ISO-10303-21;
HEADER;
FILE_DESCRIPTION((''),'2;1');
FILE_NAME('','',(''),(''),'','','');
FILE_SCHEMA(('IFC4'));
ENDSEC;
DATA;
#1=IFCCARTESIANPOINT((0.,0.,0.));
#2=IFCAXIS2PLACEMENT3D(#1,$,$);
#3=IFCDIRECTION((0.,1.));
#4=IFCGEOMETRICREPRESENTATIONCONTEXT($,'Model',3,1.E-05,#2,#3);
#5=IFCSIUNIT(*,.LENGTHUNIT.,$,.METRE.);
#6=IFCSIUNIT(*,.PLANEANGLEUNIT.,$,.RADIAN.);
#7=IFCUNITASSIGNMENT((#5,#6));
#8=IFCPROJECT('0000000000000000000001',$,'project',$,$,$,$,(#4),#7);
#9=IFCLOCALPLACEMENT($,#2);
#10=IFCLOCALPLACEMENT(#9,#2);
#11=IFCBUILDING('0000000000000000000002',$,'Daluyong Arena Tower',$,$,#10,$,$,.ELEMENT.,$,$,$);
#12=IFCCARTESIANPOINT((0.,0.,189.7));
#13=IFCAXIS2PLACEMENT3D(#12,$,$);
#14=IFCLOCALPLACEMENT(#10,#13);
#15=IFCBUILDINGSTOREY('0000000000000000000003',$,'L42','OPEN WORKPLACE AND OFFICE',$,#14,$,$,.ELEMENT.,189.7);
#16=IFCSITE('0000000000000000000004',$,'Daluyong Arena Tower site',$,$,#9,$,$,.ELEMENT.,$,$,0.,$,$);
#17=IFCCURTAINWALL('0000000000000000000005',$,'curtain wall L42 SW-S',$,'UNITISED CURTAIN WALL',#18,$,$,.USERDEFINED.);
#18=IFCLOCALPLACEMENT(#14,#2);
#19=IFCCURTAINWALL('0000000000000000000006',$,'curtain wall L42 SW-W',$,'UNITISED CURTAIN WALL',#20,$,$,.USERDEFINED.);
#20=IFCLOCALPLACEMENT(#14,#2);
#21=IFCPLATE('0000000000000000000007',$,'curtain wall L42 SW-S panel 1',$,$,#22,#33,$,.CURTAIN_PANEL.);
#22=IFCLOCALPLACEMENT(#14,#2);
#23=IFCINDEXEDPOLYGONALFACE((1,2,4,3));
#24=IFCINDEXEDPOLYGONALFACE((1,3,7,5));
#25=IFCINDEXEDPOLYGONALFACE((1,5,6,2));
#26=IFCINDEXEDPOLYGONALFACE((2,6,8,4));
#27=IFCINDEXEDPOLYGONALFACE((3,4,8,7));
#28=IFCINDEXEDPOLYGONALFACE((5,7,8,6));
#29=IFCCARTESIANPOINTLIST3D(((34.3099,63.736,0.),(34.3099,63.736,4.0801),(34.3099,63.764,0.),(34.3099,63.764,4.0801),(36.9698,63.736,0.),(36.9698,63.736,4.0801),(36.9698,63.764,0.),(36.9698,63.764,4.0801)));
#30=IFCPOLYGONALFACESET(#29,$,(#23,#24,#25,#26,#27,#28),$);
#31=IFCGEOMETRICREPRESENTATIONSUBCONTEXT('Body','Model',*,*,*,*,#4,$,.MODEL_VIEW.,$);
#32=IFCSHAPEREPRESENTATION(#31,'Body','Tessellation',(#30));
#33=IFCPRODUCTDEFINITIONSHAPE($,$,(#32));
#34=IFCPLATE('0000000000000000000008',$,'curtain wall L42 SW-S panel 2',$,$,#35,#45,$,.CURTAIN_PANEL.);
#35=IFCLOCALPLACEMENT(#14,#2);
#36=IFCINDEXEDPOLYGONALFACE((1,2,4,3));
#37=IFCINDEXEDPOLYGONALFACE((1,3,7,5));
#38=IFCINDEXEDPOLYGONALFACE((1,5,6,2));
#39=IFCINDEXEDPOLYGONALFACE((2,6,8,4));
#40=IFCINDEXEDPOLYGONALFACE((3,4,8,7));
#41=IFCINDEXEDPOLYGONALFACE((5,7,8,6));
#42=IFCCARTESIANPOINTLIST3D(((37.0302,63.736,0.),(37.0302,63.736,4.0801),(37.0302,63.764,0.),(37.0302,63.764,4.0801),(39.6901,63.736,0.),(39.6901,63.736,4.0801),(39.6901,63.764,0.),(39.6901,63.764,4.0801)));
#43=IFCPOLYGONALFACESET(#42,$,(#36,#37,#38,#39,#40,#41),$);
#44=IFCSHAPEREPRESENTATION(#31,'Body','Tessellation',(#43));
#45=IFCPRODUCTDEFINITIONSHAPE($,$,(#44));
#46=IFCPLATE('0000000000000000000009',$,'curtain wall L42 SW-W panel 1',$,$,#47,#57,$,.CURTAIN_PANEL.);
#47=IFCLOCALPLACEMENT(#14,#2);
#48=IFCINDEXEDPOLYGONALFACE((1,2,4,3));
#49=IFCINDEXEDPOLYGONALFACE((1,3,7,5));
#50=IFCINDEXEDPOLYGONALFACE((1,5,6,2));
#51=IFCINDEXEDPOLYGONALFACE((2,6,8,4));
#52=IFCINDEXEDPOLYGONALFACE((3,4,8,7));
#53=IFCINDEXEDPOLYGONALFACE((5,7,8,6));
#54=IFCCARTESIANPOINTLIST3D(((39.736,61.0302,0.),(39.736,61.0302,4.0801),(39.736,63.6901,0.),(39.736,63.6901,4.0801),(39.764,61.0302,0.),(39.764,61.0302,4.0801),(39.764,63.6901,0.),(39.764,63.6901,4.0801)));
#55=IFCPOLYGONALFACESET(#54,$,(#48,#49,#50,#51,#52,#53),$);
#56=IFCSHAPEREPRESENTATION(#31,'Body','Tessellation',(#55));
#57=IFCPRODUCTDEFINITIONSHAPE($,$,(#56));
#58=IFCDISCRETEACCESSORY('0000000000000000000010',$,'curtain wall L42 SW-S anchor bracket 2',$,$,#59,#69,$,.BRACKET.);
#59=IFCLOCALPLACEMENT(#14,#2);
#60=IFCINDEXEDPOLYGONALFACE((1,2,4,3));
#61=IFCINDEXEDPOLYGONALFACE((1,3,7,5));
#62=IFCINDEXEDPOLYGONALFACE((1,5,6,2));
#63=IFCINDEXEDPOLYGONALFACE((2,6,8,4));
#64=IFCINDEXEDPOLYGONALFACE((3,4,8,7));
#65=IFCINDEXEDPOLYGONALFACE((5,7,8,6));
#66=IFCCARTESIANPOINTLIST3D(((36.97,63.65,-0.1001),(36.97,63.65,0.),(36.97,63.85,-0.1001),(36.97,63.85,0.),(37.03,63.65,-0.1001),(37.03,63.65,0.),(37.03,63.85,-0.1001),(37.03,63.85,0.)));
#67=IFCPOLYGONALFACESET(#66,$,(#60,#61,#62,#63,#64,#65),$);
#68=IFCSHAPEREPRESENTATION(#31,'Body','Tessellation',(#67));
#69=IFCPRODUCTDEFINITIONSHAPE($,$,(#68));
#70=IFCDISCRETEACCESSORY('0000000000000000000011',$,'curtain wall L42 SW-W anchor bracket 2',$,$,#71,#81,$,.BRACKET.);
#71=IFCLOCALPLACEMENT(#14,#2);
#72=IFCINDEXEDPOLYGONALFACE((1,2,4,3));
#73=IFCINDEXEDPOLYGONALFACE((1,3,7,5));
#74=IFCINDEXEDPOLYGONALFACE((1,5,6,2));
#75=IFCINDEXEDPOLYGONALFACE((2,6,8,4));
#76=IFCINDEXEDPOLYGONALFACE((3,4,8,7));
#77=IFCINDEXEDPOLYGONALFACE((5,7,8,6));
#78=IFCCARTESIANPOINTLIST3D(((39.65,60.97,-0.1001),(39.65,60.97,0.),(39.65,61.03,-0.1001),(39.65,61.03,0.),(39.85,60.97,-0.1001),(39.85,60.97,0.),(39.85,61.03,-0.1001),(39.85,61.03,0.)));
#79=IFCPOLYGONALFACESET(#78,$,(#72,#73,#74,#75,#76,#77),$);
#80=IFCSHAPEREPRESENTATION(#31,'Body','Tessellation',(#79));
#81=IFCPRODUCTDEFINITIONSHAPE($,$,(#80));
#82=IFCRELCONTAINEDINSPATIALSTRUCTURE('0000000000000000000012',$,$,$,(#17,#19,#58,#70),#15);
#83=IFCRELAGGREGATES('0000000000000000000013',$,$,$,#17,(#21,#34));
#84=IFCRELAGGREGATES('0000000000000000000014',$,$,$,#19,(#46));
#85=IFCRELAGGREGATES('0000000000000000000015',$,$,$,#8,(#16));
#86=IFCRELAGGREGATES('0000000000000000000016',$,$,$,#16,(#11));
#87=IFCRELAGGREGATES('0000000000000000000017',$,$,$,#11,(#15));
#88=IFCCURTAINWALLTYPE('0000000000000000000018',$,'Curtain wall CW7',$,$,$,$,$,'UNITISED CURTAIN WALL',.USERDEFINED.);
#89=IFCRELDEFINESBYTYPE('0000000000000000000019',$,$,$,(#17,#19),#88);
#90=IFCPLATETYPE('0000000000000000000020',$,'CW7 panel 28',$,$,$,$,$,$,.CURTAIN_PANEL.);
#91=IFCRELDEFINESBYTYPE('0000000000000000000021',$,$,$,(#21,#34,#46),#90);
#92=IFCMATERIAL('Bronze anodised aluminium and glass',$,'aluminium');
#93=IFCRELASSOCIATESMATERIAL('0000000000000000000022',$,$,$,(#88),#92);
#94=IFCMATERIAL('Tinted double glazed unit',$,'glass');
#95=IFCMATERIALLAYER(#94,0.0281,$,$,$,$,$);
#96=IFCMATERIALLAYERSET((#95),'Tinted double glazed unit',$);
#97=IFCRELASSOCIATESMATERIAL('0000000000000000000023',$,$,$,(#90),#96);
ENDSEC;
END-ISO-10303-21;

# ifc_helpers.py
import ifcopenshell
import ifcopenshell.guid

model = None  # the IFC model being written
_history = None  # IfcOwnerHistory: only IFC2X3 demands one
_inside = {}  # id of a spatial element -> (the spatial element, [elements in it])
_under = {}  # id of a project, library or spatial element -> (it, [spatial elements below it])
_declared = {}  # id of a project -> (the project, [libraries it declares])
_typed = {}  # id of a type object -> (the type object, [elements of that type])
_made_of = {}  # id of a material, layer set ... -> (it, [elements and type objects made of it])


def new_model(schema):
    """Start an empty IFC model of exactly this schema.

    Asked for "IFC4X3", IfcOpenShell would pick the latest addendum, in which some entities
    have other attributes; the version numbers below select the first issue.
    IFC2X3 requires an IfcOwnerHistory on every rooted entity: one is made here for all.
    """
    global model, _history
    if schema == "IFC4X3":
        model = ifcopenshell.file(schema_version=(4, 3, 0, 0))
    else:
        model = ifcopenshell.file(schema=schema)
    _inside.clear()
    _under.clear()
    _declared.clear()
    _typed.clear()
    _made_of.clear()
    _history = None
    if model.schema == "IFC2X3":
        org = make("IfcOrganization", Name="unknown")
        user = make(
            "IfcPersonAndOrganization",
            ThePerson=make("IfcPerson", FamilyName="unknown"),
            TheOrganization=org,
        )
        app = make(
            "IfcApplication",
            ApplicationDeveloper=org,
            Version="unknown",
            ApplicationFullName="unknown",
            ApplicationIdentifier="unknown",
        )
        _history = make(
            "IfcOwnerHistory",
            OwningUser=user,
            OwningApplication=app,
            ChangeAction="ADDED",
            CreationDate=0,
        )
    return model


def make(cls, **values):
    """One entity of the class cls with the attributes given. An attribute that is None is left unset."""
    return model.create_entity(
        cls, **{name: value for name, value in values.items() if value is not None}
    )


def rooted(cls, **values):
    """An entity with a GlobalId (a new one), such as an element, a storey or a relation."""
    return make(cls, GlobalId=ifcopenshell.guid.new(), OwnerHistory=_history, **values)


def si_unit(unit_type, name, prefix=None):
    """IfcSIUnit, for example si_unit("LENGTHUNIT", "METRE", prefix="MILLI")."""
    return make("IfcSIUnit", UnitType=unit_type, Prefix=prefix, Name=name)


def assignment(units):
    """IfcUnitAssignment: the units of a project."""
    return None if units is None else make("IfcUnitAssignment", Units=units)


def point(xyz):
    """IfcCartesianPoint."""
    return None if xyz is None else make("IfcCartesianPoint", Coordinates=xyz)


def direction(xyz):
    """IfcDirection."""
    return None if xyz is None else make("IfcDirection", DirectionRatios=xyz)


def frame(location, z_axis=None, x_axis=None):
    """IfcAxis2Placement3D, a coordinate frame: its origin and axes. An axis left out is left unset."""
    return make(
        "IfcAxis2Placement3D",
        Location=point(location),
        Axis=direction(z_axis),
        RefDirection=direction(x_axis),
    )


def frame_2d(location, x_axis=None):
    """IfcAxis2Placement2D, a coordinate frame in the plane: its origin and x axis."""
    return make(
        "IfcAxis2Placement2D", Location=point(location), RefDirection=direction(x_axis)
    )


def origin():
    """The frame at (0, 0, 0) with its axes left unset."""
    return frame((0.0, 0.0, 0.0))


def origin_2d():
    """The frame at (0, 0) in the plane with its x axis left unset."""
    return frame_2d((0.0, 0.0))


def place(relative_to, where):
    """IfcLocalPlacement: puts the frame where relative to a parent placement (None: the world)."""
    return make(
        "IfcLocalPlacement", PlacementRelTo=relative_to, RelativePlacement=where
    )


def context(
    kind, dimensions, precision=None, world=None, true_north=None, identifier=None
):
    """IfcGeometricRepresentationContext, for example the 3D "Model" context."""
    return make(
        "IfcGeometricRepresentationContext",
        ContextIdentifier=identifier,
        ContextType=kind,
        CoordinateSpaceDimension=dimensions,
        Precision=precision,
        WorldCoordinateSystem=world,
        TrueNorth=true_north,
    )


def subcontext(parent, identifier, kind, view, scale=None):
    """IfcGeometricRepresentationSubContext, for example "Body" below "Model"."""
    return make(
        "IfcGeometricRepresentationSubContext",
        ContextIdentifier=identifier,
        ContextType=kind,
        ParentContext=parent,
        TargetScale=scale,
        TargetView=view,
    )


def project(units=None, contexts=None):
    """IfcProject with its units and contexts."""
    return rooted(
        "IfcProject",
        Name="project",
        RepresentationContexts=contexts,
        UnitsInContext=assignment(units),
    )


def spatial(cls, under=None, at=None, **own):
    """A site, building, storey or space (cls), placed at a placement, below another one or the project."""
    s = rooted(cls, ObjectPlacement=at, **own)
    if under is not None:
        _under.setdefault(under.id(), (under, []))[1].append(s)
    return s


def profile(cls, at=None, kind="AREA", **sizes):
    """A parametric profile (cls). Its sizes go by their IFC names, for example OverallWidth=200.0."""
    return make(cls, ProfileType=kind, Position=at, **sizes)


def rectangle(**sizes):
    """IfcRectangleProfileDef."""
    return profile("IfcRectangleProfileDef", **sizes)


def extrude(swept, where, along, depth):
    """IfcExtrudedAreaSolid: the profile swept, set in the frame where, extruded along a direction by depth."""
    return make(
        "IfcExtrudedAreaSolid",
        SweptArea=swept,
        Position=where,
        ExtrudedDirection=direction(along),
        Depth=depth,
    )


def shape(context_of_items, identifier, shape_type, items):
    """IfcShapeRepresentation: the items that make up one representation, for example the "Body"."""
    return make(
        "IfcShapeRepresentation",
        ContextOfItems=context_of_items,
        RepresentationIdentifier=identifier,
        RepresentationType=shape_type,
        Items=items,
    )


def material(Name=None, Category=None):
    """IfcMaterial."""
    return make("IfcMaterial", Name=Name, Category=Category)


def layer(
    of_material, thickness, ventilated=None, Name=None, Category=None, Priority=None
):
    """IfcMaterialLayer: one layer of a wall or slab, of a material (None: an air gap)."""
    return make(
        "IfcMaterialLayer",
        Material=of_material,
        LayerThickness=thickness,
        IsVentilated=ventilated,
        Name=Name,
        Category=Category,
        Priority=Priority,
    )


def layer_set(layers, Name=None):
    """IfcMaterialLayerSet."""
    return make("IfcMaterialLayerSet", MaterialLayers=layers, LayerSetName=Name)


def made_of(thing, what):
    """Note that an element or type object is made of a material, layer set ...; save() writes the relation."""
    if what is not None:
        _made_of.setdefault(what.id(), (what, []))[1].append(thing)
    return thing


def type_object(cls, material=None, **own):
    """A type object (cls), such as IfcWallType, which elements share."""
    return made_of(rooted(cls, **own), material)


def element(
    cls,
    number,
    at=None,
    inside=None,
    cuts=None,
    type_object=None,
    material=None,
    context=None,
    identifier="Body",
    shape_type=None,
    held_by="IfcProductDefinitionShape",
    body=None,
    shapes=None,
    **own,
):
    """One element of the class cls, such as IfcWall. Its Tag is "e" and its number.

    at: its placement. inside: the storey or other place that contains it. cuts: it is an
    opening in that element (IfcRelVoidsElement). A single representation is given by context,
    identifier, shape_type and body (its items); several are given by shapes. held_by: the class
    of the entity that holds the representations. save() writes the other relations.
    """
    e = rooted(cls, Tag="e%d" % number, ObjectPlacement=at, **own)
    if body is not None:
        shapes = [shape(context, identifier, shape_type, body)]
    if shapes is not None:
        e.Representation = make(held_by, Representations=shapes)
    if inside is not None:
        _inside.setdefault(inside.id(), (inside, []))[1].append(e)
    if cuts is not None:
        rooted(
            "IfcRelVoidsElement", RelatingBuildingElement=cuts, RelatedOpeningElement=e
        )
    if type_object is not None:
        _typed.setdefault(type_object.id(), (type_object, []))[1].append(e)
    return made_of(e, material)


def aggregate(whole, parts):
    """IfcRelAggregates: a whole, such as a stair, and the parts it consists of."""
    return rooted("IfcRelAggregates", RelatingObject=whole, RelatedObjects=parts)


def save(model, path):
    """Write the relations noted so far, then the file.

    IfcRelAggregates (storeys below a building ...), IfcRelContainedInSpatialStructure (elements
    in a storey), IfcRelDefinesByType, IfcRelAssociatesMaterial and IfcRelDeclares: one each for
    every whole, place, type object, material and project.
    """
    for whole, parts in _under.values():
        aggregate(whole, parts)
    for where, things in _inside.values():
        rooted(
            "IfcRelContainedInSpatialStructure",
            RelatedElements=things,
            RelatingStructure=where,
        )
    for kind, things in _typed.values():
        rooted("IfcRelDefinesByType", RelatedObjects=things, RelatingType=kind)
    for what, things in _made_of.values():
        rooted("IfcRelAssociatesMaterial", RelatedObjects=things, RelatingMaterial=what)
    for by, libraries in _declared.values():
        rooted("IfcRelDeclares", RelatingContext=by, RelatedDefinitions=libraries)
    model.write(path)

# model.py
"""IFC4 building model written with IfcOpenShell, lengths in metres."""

from ifc_helpers import new_model, si_unit, direction, frame, origin, origin_2d, place, context, subcontext, project, spatial, rectangle, extrude, material, layer, layer_set, type_object, element, aggregate, save


model = new_model("IFC4")

# Units and contexts
model_context = context("Model", 3, precision=1e-05, world=origin(), true_north=direction((0.0, 1.0)))
body_context = subcontext(model_context, "Body", "Model", "MODEL_VIEW")
ifc_project = project(units=[si_unit("LENGTHUNIT", "METRE"), si_unit("PLANEANGLEUNIT", "RADIAN")], contexts=[model_context])

# Site, building, storey
site_placement = place(None, origin())
site = spatial("IfcSite", under=ifc_project, at=site_placement, Name="Daluyong Arena Tower site", CompositionType="ELEMENT", RefElevation=0.0)
building_placement = place(site_placement, origin())
building = spatial("IfcBuilding", under=site, at=building_placement, Name="Daluyong Arena Tower", CompositionType="ELEMENT")
storey_placement = place(building_placement, frame((0.0, 0.0, 189.7)))
storey = spatial("IfcBuildingStorey", under=building, at=storey_placement, Name="L42", Description="OPEN WORKPLACE AND OFFICE", CompositionType="ELEMENT", Elevation=189.7)

# Curtain walls
ifc_material_1 = material(Name="Bronze anodised aluminium and glass", Category="aluminium")
curtain_wall_type = type_object("IfcCurtainWallType", Name="Curtain wall CW7", ElementType="UNITISED CURTAIN WALL", PredefinedType="USERDEFINED", material=ifc_material_1)
curtain_wall_1_placement = place(storey_placement, origin())
curtain_wall_1 = element("IfcCurtainWall", 1, at=curtain_wall_1_placement, inside=storey, type_object=curtain_wall_type, Name="curtain wall L42 SW-S", ObjectType="UNITISED CURTAIN WALL", PredefinedType="USERDEFINED")
curtain_wall_2_placement = place(storey_placement, origin())
curtain_wall_2 = element("IfcCurtainWall", 2, at=curtain_wall_2_placement, inside=storey, type_object=curtain_wall_type, Name="curtain wall L42 SW-W", ObjectType="UNITISED CURTAIN WALL", PredefinedType="USERDEFINED")

# Plates
ifc_material_2 = material(Name="Tinted double glazed unit", Category="glass")
ifc_layer = layer(ifc_material_2, 0.0281)
ifc_layer_set = layer_set([ifc_layer], Name="Tinted double glazed unit")
plate_type = type_object("IfcPlateType", Name="CW7 panel 28", PredefinedType="CURTAIN_PANEL", material=ifc_layer_set)
plate_1_placement = place(storey_placement, frame((35.6399, 63.75, 0.0), z_axis=(0.0, 0.0, 1.0), x_axis=(1.0, 0.0, 0.0)))
plate_1 = element("IfcPlate", 3, at=plate_1_placement, type_object=plate_type, Name="curtain wall L42 SW-S panel 1", PredefinedType="CURTAIN_PANEL", context=body_context, shape_type="SweptSolid", body=[
    extrude(rectangle(XDim=2.6599, YDim=0.0281, at=origin_2d()), origin(), (0.0, 0.0, 1.0), 4.0801),
])
plate_2_placement = place(storey_placement, frame((38.3601, 63.75, 0.0), z_axis=(0.0, 0.0, 1.0), x_axis=(1.0, 0.0, 0.0)))
plate_2 = element("IfcPlate", 4, at=plate_2_placement, type_object=plate_type, Name="curtain wall L42 SW-S panel 2", PredefinedType="CURTAIN_PANEL", context=body_context, shape_type="SweptSolid", body=[
    extrude(rectangle(XDim=2.6599, YDim=0.0281, at=origin_2d()), origin(), (0.0, 0.0, 1.0), 4.0801),
])
aggregate(curtain_wall_1, [plate_1, plate_2])
plate_3_placement = place(storey_placement, frame((39.75, 62.3601, 0.0), z_axis=(0.0, 0.0, 1.0), x_axis=(0.0, -1.0, 0.0)))
plate_3 = element("IfcPlate", 5, at=plate_3_placement, type_object=plate_type, Name="curtain wall L42 SW-W panel 1", PredefinedType="CURTAIN_PANEL", context=body_context, shape_type="SweptSolid", body=[
    extrude(rectangle(XDim=2.6599, YDim=0.0281, at=origin_2d()), origin(), (0.0, 0.0, 1.0), 4.0801),
])
aggregate(curtain_wall_2, [plate_3])

# Discrete accessories
for number, where, z_axis, x_axis, name in (
    (6, (37.0, 63.75, -0.1001), (0.0, 0.0, 1.0), (1.0, 0.0, 0.0), "curtain wall L42 SW-S anchor bracket 2"),
    (7, (39.75, 61.0, -0.1001), (0.0, 0.0, 1.0), (0.0, -1.0, 0.0), "curtain wall L42 SW-W anchor bracket 2"),
):
    element("IfcDiscreteAccessory", number, at=place(storey_placement, frame(where, z_axis=z_axis, x_axis=x_axis)), inside=storey, Name=name, PredefinedType="BRACKET", context=body_context, shape_type="SweptSolid", body=[
        extrude(rectangle(XDim=0.0601, YDim=0.2, at=origin_2d()), origin(), (0.0, 0.0, 1.0), 0.1001),
    ])

save(model, "model.ifc")
